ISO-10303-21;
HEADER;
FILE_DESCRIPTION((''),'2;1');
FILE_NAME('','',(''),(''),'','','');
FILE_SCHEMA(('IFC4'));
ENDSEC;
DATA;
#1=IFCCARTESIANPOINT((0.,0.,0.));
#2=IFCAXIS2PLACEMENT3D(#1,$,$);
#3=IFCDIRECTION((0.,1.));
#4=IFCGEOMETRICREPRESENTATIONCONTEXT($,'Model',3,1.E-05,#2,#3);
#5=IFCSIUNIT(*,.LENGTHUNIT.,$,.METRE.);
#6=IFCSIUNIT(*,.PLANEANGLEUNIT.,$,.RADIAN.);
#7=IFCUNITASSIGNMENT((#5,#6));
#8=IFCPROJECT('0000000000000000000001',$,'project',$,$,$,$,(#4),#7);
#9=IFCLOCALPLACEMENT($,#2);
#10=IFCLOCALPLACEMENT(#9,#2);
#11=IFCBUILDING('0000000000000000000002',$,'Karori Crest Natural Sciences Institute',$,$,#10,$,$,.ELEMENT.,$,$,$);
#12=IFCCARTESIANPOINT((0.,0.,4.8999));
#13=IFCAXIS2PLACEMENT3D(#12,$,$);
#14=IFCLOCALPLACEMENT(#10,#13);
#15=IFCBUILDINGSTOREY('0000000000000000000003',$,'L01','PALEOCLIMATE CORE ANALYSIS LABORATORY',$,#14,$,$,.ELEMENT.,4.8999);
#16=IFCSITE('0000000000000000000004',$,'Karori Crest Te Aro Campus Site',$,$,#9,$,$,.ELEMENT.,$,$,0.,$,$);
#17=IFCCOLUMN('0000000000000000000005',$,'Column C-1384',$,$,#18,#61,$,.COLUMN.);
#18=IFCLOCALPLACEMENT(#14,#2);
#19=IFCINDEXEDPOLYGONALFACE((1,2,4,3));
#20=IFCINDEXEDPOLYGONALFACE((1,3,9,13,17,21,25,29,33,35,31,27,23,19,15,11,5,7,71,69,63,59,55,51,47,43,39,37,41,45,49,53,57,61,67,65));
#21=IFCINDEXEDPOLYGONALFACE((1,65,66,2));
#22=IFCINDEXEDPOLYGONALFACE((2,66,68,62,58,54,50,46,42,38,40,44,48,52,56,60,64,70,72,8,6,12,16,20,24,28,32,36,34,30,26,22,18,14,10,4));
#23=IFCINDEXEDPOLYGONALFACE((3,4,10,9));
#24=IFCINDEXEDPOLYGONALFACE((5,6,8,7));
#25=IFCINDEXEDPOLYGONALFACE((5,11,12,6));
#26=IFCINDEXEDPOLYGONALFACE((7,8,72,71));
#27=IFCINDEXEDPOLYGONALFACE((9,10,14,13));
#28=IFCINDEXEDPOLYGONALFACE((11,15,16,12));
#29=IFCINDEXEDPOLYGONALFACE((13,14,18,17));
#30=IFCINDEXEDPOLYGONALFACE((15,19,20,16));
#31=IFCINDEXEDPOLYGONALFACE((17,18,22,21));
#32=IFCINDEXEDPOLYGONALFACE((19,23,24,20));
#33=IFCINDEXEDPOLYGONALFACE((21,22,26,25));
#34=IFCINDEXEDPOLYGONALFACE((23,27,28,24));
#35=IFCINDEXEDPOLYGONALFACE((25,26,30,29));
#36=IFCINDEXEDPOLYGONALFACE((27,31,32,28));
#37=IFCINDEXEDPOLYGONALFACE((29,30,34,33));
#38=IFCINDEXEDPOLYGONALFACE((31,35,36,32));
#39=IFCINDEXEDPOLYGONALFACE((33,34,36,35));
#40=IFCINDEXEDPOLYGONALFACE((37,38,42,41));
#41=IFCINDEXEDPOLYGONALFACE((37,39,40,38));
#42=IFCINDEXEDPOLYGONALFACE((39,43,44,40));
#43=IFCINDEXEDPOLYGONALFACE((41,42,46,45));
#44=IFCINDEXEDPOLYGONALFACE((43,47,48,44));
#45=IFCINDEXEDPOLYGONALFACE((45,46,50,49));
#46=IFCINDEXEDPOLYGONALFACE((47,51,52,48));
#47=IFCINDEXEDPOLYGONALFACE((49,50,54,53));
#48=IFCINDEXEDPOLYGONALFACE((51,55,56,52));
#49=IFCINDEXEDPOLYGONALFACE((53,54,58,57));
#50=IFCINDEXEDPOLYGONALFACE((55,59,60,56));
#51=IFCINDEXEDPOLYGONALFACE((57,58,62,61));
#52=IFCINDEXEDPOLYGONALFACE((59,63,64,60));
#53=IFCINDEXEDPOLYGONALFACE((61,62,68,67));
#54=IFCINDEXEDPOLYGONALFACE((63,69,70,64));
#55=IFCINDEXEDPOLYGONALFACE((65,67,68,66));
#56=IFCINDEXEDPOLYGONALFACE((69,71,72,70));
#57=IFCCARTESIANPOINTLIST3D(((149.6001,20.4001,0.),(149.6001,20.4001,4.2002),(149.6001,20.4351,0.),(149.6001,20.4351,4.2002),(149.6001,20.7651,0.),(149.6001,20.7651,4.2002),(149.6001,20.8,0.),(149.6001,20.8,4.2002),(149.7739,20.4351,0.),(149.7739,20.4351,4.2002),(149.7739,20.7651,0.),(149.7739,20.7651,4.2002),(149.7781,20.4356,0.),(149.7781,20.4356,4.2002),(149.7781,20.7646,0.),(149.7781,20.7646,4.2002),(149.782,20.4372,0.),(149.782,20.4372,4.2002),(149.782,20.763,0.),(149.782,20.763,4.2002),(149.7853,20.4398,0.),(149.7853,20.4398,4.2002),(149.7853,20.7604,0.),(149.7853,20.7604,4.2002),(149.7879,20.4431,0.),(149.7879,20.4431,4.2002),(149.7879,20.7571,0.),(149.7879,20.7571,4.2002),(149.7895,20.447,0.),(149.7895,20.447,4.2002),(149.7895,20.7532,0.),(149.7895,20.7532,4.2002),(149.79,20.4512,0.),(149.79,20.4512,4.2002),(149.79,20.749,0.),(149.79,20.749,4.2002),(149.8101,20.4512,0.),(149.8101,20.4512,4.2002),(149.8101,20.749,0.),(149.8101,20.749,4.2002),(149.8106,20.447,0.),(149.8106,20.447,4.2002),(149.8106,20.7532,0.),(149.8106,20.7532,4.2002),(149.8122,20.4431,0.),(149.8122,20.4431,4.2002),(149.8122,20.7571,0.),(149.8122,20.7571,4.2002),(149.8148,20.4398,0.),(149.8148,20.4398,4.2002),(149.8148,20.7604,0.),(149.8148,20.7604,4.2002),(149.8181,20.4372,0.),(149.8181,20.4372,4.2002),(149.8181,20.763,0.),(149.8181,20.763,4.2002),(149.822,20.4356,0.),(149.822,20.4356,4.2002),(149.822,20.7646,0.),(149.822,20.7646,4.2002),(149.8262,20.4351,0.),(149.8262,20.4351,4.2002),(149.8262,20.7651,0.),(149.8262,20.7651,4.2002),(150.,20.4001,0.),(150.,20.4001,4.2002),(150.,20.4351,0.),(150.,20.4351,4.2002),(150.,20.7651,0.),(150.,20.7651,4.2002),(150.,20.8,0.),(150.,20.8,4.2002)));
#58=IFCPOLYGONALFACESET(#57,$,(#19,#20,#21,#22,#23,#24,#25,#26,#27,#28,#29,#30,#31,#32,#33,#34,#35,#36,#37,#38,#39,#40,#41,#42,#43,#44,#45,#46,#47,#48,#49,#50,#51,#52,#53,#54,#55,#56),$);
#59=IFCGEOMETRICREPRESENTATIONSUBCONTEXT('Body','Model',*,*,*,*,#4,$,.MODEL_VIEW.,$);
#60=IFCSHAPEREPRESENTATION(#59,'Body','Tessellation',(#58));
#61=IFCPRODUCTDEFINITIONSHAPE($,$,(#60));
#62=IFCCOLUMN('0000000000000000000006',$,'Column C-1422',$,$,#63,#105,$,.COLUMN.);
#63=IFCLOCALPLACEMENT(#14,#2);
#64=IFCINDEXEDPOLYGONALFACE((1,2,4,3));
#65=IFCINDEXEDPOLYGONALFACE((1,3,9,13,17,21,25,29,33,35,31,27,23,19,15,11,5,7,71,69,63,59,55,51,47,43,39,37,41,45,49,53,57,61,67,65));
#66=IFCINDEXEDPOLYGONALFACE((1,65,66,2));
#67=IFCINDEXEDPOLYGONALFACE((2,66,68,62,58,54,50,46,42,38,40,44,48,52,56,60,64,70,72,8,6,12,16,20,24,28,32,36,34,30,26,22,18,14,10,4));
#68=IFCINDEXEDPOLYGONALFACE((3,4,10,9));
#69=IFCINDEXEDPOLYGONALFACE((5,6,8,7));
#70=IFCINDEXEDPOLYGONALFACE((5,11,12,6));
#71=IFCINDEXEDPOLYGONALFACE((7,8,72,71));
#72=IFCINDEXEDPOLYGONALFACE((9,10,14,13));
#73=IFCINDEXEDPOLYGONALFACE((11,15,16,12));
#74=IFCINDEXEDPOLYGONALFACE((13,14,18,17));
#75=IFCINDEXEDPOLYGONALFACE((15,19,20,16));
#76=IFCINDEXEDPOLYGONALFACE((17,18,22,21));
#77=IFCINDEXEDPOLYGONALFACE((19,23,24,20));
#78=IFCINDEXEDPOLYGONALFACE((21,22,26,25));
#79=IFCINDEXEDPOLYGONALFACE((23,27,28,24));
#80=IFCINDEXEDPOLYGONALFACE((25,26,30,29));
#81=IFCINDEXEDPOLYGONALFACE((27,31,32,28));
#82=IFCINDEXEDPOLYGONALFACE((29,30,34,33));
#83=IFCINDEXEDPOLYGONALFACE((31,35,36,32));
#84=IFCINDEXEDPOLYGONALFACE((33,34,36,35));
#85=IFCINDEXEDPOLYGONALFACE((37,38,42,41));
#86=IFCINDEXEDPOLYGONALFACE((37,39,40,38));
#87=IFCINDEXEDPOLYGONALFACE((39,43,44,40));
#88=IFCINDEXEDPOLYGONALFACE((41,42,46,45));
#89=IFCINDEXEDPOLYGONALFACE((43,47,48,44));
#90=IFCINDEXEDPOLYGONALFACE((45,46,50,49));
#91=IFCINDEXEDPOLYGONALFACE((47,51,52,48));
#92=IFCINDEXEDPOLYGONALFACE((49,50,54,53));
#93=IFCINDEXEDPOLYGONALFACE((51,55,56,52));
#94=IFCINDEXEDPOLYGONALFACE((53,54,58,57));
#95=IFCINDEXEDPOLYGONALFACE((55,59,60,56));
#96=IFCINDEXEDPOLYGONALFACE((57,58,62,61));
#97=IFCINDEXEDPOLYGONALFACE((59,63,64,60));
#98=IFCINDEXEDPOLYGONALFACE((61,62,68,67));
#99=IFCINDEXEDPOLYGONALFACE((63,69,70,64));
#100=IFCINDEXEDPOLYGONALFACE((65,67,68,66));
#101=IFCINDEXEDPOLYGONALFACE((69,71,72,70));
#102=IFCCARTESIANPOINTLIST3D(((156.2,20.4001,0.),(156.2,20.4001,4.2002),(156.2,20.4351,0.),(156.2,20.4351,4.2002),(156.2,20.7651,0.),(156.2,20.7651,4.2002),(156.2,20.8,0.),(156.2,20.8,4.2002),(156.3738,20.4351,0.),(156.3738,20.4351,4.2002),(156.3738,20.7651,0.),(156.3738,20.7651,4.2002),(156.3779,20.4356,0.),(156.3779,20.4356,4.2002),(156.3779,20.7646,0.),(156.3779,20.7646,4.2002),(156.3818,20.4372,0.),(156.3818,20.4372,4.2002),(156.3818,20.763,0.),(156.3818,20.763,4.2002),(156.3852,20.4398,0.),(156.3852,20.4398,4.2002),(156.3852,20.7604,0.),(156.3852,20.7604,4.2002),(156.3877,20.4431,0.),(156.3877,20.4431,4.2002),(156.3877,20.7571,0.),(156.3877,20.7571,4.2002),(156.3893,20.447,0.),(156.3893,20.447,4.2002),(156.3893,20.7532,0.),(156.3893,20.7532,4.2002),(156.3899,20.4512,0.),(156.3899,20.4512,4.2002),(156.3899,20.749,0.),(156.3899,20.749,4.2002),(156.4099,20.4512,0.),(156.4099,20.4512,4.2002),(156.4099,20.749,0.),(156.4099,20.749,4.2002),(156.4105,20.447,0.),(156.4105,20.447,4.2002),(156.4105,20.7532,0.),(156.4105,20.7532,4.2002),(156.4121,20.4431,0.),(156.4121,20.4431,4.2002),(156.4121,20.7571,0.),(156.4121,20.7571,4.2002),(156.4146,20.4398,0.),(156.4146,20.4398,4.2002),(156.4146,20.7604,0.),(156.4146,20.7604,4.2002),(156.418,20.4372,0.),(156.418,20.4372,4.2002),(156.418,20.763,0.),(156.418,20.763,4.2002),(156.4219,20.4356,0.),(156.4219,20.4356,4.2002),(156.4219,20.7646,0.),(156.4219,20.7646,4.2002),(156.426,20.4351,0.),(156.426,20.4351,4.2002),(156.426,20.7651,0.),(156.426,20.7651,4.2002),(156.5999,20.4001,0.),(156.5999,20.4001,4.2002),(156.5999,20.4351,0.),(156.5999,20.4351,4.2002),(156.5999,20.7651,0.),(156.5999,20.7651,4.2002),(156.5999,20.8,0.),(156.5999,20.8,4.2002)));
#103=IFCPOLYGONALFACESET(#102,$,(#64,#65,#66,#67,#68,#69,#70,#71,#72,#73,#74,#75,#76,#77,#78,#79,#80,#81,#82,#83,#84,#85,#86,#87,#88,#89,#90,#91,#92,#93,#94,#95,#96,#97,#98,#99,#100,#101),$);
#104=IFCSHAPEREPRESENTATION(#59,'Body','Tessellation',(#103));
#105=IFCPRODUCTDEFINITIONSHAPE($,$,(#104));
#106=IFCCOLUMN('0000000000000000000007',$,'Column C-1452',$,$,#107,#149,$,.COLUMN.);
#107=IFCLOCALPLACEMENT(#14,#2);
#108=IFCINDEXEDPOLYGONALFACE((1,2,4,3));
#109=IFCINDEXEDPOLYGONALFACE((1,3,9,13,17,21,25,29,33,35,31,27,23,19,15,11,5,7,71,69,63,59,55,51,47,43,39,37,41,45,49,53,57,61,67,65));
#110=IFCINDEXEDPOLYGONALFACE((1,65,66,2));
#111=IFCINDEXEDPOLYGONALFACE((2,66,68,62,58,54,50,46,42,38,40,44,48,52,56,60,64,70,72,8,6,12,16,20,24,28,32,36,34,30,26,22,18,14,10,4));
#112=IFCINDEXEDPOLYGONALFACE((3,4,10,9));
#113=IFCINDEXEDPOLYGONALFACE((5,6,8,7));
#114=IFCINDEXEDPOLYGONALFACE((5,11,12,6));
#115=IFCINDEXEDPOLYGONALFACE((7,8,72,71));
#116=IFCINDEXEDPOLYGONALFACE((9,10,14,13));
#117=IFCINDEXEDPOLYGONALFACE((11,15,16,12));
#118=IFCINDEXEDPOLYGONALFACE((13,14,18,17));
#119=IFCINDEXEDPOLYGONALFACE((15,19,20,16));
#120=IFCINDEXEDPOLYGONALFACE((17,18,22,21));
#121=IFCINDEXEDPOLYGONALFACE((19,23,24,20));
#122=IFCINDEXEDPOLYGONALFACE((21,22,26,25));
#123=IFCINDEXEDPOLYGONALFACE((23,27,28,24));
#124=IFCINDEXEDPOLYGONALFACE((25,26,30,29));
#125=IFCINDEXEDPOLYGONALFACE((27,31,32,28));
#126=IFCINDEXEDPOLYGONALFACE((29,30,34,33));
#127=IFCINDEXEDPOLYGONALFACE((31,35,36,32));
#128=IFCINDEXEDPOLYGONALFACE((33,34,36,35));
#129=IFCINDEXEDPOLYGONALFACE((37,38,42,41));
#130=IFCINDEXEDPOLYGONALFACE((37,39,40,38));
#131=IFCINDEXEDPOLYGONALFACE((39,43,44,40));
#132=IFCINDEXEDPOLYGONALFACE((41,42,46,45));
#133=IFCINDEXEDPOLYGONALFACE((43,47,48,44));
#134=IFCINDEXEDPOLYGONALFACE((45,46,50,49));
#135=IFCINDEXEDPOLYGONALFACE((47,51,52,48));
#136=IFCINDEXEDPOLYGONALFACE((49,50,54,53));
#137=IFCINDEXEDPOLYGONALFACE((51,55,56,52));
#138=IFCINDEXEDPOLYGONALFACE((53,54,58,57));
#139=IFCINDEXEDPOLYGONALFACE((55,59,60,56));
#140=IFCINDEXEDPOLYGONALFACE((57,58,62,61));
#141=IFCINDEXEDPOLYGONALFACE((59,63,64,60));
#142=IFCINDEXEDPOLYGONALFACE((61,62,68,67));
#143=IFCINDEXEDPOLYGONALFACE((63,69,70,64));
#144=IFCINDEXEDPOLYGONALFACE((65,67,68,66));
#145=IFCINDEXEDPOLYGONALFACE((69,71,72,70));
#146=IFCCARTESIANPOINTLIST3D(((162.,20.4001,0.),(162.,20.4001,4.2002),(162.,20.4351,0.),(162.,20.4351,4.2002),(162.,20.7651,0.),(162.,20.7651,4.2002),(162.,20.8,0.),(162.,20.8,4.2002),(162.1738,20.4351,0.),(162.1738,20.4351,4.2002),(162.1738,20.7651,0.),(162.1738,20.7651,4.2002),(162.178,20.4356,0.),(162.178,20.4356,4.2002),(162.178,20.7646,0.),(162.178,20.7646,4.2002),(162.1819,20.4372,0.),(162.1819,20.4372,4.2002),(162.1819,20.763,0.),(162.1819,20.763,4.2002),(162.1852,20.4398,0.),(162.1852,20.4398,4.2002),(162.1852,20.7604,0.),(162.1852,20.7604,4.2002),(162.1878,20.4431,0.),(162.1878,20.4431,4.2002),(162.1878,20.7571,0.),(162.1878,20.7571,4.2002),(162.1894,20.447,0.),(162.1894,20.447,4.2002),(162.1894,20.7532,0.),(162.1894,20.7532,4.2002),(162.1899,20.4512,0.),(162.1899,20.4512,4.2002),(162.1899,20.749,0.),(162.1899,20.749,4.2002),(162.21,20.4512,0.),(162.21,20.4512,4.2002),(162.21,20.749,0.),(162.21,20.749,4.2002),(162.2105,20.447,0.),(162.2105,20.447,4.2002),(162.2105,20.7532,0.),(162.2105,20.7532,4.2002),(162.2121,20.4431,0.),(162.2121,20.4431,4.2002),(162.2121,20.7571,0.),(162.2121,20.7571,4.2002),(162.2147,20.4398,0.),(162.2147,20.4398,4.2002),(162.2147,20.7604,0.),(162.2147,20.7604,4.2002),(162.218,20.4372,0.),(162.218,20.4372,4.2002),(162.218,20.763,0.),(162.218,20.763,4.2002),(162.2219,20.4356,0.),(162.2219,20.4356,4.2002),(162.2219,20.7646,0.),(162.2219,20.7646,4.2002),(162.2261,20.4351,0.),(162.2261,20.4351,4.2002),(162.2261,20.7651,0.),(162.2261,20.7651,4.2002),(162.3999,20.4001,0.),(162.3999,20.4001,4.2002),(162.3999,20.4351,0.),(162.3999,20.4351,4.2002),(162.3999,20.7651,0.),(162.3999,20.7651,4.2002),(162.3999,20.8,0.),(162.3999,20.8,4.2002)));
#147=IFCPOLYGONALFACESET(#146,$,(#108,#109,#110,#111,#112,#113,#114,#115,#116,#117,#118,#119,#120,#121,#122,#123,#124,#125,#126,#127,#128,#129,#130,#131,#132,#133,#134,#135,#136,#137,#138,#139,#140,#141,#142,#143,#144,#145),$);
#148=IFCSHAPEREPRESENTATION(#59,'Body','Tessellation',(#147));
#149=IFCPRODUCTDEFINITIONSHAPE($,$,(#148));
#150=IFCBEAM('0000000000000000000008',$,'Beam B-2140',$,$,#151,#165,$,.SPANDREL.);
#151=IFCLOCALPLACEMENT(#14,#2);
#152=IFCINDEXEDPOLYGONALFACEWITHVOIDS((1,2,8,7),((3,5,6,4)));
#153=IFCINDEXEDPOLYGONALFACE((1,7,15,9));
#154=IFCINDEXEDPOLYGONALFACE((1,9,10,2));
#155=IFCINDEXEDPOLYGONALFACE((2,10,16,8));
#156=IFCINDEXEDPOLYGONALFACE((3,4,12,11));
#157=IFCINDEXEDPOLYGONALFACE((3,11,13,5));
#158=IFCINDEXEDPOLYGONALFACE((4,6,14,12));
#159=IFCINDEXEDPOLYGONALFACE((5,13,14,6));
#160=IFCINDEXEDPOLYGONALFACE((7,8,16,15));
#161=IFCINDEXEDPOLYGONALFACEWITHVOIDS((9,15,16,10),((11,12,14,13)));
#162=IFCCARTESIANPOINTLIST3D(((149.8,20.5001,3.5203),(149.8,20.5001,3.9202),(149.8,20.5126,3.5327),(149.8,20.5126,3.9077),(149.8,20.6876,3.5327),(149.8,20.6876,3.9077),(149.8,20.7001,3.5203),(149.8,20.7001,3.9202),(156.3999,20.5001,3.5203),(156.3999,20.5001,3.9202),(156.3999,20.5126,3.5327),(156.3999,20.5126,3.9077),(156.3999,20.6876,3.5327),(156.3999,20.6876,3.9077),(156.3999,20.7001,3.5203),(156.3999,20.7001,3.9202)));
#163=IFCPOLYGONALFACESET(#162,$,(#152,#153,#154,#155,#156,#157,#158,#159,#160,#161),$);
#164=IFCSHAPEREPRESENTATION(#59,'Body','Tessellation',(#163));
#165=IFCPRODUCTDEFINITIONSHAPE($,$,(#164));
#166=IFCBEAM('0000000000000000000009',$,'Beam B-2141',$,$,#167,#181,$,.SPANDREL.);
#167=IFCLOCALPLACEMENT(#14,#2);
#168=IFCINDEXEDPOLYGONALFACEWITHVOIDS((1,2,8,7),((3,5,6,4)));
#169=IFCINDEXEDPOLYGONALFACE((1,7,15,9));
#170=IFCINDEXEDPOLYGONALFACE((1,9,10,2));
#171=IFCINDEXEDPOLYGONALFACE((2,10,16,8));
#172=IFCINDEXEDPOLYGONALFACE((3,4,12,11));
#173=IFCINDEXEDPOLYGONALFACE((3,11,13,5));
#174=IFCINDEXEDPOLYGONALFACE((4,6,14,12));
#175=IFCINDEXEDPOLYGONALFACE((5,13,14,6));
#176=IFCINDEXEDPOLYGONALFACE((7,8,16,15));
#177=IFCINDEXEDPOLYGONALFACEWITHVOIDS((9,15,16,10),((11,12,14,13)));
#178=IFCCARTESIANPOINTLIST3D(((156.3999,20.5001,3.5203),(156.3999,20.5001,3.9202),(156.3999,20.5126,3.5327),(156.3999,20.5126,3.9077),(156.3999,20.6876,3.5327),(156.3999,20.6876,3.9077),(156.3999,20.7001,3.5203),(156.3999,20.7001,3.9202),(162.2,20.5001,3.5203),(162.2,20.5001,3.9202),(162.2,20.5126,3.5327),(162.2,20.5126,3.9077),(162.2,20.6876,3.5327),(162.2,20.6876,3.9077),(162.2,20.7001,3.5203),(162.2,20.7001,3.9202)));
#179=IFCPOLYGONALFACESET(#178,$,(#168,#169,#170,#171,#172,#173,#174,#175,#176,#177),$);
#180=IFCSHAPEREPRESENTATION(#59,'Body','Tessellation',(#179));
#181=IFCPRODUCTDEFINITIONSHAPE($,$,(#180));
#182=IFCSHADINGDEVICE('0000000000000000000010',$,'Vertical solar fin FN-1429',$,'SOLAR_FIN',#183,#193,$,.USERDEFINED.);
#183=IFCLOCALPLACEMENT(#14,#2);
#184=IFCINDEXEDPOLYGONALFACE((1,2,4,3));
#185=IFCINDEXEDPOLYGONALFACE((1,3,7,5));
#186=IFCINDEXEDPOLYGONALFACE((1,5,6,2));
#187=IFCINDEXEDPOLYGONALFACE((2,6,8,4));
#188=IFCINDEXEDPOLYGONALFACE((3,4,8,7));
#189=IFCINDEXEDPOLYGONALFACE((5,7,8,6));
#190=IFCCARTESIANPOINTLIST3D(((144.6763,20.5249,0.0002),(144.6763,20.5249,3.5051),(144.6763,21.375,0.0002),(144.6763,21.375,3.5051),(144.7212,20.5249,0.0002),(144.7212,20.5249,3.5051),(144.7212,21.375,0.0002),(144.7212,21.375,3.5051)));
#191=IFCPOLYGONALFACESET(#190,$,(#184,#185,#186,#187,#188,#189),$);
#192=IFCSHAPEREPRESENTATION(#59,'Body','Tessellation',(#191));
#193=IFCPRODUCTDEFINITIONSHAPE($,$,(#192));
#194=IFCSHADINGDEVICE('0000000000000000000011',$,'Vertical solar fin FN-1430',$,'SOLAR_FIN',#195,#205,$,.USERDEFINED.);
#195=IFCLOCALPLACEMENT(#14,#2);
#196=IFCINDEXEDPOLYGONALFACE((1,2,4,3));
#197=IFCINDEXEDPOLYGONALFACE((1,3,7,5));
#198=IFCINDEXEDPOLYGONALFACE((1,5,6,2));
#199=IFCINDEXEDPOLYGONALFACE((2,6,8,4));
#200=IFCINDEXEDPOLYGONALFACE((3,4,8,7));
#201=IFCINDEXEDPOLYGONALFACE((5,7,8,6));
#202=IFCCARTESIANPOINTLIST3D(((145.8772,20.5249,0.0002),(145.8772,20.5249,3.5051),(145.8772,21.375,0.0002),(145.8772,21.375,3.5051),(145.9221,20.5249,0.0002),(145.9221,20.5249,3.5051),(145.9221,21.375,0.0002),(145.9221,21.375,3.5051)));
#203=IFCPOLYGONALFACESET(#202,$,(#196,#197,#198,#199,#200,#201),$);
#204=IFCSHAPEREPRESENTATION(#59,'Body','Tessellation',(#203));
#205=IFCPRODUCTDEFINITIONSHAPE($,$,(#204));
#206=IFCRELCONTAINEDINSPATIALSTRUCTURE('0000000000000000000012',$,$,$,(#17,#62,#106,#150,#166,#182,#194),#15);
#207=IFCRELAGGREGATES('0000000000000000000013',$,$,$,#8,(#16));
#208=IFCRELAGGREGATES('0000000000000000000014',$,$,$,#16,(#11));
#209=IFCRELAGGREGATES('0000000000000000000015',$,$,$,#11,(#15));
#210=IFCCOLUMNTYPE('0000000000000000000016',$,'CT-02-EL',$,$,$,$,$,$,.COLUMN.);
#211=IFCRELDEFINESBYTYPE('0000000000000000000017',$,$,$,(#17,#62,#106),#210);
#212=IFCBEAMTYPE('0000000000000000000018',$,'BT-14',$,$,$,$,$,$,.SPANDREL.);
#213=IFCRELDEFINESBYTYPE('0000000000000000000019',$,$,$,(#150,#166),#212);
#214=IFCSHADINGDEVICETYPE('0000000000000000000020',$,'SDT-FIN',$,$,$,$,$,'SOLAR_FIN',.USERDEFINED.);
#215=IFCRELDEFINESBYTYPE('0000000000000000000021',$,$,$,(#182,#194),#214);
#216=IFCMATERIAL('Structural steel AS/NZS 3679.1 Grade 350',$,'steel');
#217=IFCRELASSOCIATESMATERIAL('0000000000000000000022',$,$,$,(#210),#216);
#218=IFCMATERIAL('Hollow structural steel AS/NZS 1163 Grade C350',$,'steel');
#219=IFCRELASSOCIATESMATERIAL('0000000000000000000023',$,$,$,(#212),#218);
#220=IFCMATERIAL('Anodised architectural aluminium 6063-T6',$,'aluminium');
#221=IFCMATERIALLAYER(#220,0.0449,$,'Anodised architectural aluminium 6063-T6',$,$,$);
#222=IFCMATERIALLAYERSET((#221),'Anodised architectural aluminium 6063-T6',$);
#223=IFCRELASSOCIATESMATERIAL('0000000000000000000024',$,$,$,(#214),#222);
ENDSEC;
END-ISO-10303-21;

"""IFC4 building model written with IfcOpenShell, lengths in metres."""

from ifc_helpers import new_model, si_unit, direction, frame, origin, origin_2d, place, context, subcontext, project, spatial, rectangle, hollow_rectangle, i_section, extrude, material, layer, layer_set, material_profile, profile_set, type_object, element, save


model = new_model("IFC4")

# Units and contexts
model_context = context("Model", 3, precision=1e-05, world=origin(), true_north=direction((0.0, 1.0)))
body_context = subcontext(model_context, "Body", "Model", "MODEL_VIEW")
ifc_project = project(units=[si_unit("LENGTHUNIT", "METRE"), si_unit("PLANEANGLEUNIT", "RADIAN")], contexts=[model_context])

# Site, building, storey
site_placement = place(None, origin())
site = spatial("IfcSite", under=ifc_project, at=site_placement, Name="Karori Crest Te Aro Campus Site", CompositionType="ELEMENT", RefElevation=0.0)
building_placement = place(site_placement, origin())
building = spatial("IfcBuilding", under=site, at=building_placement, Name="Karori Crest Natural Sciences Institute", CompositionType="ELEMENT")
storey_placement = place(building_placement, frame((0.0, 0.0, 4.8999)))
storey = spatial("IfcBuildingStorey", under=building, at=storey_placement, Name="L01", Description="PALEOCLIMATE CORE ANALYSIS LABORATORY", CompositionType="ELEMENT", Elevation=4.8999)

# Columns
ifc_material_1 = material(Name="Structural steel AS/NZS 3679.1 Grade 350", Category="steel")
ifc_material_profile_1 = material_profile(ifc_material_1, i_section(OverallWidth=0.3999, OverallDepth=0.3999, WebThickness=0.02, FlangeThickness=0.0349, FilletRadius=0.0161, at=origin_2d()), Name="400WC328")
ifc_profile_set_1 = profile_set([ifc_material_profile_1], Name="Structural steel AS/NZS 3679.1 Grade 350")
column_type = type_object("IfcColumnType", Name="CT-02-EL", PredefinedType="COLUMN", material=ifc_profile_set_1)
for number, where, z_axis, x_axis, name in (
    (1, (149.8, 20.6001, 0.0), (0.0, 0.0, 1.0), (1.0, 0.0, 0.0), "Column C-1384"),
    (2, (156.3999, 20.6001, 0.0), (0.0, 0.0, 1.0), (1.0, 0.0, 0.0), "Column C-1422"),
    (3, (162.2, 20.6001, 0.0), (0.0, 0.0, 1.0), (1.0, 0.0, 0.0), "Column C-1452"),
):
    element("IfcColumn", number, at=place(storey_placement, frame(where, z_axis=z_axis, x_axis=x_axis)), inside=storey, type_object=column_type, Name=name, PredefinedType="COLUMN", context=body_context, shape_type="SweptSolid", body=[
        extrude(i_section(OverallWidth=0.3999, OverallDepth=0.3999, WebThickness=0.02, FlangeThickness=0.0349, FilletRadius=0.0161, at=origin_2d()), origin(), (0.0, 0.0, 1.0), 4.2002),
    ])

# Beams
ifc_material_2 = material(Name="Hollow structural steel AS/NZS 1163 Grade C350", Category="steel")
ifc_material_profile_2 = material_profile(ifc_material_2, hollow_rectangle(XDim=0.2, YDim=0.3999, WallThickness=0.0125, at=origin_2d()), Name="RHS400x200x12.5")
ifc_profile_set_2 = profile_set([ifc_material_profile_2], Name="Hollow structural steel AS/NZS 1163 Grade C350")
beam_type = type_object("IfcBeamType", Name="BT-14", PredefinedType="SPANDREL", material=ifc_profile_set_2)
beam_1_placement = place(storey_placement, frame((149.8, 20.6001, 3.7202), z_axis=(1.0, 0.0, 0.0), x_axis=(0.0, 1.0, 0.0)))
element("IfcBeam", 4, at=beam_1_placement, inside=storey, type_object=beam_type, Name="Beam B-2140", PredefinedType="SPANDREL", context=body_context, shape_type="SweptSolid", body=[
    extrude(hollow_rectangle(XDim=0.2, YDim=0.3999, WallThickness=0.0125, at=origin_2d()), origin(), (0.0, 0.0, 1.0), 6.5999),
])
beam_2_placement = place(storey_placement, frame((156.3999, 20.6001, 3.7202), z_axis=(1.0, 0.0, 0.0), x_axis=(0.0, 1.0, 0.0)))
element("IfcBeam", 5, at=beam_2_placement, inside=storey, type_object=beam_type, Name="Beam B-2141", PredefinedType="SPANDREL", context=body_context, shape_type="SweptSolid", body=[
    extrude(hollow_rectangle(XDim=0.2, YDim=0.3999, WallThickness=0.0125, at=origin_2d()), origin(), (0.0, 0.0, 1.0), 5.8),
])

# Shading devices
ifc_material_3 = material(Name="Anodised architectural aluminium 6063-T6", Category="aluminium")
ifc_layer = layer(ifc_material_3, 0.0449, Name="Anodised architectural aluminium 6063-T6")
ifc_layer_set = layer_set([ifc_layer], Name="Anodised architectural aluminium 6063-T6")
shading_device_type = type_object("IfcShadingDeviceType", Name="SDT-FIN", ElementType="SOLAR_FIN", PredefinedType="USERDEFINED", material=ifc_layer_set)
for number, where, z_axis, x_axis, name in (
    (6, (144.6987, 20.95, 0.0002), (0.0, 0.0, 1.0), (0.0, 1.0, 0.0), "Vertical solar fin FN-1429"),
    (7, (145.8997, 20.95, 0.0002), (0.0, 0.0, 1.0), (0.0, 1.0, 0.0), "Vertical solar fin FN-1430"),
):
    element("IfcShadingDevice", number, at=place(storey_placement, frame(where, z_axis=z_axis, x_axis=x_axis)), inside=storey, type_object=shading_device_type, Name=name, ObjectType="SOLAR_FIN", PredefinedType="USERDEFINED", context=body_context, shape_type="SweptSolid", body=[
        extrude(rectangle(XDim=0.8501, YDim=0.0449, at=origin_2d()), origin(), (0.0, 0.0, 1.0), 3.5049),
    ])

save(model, "model.ifc")
